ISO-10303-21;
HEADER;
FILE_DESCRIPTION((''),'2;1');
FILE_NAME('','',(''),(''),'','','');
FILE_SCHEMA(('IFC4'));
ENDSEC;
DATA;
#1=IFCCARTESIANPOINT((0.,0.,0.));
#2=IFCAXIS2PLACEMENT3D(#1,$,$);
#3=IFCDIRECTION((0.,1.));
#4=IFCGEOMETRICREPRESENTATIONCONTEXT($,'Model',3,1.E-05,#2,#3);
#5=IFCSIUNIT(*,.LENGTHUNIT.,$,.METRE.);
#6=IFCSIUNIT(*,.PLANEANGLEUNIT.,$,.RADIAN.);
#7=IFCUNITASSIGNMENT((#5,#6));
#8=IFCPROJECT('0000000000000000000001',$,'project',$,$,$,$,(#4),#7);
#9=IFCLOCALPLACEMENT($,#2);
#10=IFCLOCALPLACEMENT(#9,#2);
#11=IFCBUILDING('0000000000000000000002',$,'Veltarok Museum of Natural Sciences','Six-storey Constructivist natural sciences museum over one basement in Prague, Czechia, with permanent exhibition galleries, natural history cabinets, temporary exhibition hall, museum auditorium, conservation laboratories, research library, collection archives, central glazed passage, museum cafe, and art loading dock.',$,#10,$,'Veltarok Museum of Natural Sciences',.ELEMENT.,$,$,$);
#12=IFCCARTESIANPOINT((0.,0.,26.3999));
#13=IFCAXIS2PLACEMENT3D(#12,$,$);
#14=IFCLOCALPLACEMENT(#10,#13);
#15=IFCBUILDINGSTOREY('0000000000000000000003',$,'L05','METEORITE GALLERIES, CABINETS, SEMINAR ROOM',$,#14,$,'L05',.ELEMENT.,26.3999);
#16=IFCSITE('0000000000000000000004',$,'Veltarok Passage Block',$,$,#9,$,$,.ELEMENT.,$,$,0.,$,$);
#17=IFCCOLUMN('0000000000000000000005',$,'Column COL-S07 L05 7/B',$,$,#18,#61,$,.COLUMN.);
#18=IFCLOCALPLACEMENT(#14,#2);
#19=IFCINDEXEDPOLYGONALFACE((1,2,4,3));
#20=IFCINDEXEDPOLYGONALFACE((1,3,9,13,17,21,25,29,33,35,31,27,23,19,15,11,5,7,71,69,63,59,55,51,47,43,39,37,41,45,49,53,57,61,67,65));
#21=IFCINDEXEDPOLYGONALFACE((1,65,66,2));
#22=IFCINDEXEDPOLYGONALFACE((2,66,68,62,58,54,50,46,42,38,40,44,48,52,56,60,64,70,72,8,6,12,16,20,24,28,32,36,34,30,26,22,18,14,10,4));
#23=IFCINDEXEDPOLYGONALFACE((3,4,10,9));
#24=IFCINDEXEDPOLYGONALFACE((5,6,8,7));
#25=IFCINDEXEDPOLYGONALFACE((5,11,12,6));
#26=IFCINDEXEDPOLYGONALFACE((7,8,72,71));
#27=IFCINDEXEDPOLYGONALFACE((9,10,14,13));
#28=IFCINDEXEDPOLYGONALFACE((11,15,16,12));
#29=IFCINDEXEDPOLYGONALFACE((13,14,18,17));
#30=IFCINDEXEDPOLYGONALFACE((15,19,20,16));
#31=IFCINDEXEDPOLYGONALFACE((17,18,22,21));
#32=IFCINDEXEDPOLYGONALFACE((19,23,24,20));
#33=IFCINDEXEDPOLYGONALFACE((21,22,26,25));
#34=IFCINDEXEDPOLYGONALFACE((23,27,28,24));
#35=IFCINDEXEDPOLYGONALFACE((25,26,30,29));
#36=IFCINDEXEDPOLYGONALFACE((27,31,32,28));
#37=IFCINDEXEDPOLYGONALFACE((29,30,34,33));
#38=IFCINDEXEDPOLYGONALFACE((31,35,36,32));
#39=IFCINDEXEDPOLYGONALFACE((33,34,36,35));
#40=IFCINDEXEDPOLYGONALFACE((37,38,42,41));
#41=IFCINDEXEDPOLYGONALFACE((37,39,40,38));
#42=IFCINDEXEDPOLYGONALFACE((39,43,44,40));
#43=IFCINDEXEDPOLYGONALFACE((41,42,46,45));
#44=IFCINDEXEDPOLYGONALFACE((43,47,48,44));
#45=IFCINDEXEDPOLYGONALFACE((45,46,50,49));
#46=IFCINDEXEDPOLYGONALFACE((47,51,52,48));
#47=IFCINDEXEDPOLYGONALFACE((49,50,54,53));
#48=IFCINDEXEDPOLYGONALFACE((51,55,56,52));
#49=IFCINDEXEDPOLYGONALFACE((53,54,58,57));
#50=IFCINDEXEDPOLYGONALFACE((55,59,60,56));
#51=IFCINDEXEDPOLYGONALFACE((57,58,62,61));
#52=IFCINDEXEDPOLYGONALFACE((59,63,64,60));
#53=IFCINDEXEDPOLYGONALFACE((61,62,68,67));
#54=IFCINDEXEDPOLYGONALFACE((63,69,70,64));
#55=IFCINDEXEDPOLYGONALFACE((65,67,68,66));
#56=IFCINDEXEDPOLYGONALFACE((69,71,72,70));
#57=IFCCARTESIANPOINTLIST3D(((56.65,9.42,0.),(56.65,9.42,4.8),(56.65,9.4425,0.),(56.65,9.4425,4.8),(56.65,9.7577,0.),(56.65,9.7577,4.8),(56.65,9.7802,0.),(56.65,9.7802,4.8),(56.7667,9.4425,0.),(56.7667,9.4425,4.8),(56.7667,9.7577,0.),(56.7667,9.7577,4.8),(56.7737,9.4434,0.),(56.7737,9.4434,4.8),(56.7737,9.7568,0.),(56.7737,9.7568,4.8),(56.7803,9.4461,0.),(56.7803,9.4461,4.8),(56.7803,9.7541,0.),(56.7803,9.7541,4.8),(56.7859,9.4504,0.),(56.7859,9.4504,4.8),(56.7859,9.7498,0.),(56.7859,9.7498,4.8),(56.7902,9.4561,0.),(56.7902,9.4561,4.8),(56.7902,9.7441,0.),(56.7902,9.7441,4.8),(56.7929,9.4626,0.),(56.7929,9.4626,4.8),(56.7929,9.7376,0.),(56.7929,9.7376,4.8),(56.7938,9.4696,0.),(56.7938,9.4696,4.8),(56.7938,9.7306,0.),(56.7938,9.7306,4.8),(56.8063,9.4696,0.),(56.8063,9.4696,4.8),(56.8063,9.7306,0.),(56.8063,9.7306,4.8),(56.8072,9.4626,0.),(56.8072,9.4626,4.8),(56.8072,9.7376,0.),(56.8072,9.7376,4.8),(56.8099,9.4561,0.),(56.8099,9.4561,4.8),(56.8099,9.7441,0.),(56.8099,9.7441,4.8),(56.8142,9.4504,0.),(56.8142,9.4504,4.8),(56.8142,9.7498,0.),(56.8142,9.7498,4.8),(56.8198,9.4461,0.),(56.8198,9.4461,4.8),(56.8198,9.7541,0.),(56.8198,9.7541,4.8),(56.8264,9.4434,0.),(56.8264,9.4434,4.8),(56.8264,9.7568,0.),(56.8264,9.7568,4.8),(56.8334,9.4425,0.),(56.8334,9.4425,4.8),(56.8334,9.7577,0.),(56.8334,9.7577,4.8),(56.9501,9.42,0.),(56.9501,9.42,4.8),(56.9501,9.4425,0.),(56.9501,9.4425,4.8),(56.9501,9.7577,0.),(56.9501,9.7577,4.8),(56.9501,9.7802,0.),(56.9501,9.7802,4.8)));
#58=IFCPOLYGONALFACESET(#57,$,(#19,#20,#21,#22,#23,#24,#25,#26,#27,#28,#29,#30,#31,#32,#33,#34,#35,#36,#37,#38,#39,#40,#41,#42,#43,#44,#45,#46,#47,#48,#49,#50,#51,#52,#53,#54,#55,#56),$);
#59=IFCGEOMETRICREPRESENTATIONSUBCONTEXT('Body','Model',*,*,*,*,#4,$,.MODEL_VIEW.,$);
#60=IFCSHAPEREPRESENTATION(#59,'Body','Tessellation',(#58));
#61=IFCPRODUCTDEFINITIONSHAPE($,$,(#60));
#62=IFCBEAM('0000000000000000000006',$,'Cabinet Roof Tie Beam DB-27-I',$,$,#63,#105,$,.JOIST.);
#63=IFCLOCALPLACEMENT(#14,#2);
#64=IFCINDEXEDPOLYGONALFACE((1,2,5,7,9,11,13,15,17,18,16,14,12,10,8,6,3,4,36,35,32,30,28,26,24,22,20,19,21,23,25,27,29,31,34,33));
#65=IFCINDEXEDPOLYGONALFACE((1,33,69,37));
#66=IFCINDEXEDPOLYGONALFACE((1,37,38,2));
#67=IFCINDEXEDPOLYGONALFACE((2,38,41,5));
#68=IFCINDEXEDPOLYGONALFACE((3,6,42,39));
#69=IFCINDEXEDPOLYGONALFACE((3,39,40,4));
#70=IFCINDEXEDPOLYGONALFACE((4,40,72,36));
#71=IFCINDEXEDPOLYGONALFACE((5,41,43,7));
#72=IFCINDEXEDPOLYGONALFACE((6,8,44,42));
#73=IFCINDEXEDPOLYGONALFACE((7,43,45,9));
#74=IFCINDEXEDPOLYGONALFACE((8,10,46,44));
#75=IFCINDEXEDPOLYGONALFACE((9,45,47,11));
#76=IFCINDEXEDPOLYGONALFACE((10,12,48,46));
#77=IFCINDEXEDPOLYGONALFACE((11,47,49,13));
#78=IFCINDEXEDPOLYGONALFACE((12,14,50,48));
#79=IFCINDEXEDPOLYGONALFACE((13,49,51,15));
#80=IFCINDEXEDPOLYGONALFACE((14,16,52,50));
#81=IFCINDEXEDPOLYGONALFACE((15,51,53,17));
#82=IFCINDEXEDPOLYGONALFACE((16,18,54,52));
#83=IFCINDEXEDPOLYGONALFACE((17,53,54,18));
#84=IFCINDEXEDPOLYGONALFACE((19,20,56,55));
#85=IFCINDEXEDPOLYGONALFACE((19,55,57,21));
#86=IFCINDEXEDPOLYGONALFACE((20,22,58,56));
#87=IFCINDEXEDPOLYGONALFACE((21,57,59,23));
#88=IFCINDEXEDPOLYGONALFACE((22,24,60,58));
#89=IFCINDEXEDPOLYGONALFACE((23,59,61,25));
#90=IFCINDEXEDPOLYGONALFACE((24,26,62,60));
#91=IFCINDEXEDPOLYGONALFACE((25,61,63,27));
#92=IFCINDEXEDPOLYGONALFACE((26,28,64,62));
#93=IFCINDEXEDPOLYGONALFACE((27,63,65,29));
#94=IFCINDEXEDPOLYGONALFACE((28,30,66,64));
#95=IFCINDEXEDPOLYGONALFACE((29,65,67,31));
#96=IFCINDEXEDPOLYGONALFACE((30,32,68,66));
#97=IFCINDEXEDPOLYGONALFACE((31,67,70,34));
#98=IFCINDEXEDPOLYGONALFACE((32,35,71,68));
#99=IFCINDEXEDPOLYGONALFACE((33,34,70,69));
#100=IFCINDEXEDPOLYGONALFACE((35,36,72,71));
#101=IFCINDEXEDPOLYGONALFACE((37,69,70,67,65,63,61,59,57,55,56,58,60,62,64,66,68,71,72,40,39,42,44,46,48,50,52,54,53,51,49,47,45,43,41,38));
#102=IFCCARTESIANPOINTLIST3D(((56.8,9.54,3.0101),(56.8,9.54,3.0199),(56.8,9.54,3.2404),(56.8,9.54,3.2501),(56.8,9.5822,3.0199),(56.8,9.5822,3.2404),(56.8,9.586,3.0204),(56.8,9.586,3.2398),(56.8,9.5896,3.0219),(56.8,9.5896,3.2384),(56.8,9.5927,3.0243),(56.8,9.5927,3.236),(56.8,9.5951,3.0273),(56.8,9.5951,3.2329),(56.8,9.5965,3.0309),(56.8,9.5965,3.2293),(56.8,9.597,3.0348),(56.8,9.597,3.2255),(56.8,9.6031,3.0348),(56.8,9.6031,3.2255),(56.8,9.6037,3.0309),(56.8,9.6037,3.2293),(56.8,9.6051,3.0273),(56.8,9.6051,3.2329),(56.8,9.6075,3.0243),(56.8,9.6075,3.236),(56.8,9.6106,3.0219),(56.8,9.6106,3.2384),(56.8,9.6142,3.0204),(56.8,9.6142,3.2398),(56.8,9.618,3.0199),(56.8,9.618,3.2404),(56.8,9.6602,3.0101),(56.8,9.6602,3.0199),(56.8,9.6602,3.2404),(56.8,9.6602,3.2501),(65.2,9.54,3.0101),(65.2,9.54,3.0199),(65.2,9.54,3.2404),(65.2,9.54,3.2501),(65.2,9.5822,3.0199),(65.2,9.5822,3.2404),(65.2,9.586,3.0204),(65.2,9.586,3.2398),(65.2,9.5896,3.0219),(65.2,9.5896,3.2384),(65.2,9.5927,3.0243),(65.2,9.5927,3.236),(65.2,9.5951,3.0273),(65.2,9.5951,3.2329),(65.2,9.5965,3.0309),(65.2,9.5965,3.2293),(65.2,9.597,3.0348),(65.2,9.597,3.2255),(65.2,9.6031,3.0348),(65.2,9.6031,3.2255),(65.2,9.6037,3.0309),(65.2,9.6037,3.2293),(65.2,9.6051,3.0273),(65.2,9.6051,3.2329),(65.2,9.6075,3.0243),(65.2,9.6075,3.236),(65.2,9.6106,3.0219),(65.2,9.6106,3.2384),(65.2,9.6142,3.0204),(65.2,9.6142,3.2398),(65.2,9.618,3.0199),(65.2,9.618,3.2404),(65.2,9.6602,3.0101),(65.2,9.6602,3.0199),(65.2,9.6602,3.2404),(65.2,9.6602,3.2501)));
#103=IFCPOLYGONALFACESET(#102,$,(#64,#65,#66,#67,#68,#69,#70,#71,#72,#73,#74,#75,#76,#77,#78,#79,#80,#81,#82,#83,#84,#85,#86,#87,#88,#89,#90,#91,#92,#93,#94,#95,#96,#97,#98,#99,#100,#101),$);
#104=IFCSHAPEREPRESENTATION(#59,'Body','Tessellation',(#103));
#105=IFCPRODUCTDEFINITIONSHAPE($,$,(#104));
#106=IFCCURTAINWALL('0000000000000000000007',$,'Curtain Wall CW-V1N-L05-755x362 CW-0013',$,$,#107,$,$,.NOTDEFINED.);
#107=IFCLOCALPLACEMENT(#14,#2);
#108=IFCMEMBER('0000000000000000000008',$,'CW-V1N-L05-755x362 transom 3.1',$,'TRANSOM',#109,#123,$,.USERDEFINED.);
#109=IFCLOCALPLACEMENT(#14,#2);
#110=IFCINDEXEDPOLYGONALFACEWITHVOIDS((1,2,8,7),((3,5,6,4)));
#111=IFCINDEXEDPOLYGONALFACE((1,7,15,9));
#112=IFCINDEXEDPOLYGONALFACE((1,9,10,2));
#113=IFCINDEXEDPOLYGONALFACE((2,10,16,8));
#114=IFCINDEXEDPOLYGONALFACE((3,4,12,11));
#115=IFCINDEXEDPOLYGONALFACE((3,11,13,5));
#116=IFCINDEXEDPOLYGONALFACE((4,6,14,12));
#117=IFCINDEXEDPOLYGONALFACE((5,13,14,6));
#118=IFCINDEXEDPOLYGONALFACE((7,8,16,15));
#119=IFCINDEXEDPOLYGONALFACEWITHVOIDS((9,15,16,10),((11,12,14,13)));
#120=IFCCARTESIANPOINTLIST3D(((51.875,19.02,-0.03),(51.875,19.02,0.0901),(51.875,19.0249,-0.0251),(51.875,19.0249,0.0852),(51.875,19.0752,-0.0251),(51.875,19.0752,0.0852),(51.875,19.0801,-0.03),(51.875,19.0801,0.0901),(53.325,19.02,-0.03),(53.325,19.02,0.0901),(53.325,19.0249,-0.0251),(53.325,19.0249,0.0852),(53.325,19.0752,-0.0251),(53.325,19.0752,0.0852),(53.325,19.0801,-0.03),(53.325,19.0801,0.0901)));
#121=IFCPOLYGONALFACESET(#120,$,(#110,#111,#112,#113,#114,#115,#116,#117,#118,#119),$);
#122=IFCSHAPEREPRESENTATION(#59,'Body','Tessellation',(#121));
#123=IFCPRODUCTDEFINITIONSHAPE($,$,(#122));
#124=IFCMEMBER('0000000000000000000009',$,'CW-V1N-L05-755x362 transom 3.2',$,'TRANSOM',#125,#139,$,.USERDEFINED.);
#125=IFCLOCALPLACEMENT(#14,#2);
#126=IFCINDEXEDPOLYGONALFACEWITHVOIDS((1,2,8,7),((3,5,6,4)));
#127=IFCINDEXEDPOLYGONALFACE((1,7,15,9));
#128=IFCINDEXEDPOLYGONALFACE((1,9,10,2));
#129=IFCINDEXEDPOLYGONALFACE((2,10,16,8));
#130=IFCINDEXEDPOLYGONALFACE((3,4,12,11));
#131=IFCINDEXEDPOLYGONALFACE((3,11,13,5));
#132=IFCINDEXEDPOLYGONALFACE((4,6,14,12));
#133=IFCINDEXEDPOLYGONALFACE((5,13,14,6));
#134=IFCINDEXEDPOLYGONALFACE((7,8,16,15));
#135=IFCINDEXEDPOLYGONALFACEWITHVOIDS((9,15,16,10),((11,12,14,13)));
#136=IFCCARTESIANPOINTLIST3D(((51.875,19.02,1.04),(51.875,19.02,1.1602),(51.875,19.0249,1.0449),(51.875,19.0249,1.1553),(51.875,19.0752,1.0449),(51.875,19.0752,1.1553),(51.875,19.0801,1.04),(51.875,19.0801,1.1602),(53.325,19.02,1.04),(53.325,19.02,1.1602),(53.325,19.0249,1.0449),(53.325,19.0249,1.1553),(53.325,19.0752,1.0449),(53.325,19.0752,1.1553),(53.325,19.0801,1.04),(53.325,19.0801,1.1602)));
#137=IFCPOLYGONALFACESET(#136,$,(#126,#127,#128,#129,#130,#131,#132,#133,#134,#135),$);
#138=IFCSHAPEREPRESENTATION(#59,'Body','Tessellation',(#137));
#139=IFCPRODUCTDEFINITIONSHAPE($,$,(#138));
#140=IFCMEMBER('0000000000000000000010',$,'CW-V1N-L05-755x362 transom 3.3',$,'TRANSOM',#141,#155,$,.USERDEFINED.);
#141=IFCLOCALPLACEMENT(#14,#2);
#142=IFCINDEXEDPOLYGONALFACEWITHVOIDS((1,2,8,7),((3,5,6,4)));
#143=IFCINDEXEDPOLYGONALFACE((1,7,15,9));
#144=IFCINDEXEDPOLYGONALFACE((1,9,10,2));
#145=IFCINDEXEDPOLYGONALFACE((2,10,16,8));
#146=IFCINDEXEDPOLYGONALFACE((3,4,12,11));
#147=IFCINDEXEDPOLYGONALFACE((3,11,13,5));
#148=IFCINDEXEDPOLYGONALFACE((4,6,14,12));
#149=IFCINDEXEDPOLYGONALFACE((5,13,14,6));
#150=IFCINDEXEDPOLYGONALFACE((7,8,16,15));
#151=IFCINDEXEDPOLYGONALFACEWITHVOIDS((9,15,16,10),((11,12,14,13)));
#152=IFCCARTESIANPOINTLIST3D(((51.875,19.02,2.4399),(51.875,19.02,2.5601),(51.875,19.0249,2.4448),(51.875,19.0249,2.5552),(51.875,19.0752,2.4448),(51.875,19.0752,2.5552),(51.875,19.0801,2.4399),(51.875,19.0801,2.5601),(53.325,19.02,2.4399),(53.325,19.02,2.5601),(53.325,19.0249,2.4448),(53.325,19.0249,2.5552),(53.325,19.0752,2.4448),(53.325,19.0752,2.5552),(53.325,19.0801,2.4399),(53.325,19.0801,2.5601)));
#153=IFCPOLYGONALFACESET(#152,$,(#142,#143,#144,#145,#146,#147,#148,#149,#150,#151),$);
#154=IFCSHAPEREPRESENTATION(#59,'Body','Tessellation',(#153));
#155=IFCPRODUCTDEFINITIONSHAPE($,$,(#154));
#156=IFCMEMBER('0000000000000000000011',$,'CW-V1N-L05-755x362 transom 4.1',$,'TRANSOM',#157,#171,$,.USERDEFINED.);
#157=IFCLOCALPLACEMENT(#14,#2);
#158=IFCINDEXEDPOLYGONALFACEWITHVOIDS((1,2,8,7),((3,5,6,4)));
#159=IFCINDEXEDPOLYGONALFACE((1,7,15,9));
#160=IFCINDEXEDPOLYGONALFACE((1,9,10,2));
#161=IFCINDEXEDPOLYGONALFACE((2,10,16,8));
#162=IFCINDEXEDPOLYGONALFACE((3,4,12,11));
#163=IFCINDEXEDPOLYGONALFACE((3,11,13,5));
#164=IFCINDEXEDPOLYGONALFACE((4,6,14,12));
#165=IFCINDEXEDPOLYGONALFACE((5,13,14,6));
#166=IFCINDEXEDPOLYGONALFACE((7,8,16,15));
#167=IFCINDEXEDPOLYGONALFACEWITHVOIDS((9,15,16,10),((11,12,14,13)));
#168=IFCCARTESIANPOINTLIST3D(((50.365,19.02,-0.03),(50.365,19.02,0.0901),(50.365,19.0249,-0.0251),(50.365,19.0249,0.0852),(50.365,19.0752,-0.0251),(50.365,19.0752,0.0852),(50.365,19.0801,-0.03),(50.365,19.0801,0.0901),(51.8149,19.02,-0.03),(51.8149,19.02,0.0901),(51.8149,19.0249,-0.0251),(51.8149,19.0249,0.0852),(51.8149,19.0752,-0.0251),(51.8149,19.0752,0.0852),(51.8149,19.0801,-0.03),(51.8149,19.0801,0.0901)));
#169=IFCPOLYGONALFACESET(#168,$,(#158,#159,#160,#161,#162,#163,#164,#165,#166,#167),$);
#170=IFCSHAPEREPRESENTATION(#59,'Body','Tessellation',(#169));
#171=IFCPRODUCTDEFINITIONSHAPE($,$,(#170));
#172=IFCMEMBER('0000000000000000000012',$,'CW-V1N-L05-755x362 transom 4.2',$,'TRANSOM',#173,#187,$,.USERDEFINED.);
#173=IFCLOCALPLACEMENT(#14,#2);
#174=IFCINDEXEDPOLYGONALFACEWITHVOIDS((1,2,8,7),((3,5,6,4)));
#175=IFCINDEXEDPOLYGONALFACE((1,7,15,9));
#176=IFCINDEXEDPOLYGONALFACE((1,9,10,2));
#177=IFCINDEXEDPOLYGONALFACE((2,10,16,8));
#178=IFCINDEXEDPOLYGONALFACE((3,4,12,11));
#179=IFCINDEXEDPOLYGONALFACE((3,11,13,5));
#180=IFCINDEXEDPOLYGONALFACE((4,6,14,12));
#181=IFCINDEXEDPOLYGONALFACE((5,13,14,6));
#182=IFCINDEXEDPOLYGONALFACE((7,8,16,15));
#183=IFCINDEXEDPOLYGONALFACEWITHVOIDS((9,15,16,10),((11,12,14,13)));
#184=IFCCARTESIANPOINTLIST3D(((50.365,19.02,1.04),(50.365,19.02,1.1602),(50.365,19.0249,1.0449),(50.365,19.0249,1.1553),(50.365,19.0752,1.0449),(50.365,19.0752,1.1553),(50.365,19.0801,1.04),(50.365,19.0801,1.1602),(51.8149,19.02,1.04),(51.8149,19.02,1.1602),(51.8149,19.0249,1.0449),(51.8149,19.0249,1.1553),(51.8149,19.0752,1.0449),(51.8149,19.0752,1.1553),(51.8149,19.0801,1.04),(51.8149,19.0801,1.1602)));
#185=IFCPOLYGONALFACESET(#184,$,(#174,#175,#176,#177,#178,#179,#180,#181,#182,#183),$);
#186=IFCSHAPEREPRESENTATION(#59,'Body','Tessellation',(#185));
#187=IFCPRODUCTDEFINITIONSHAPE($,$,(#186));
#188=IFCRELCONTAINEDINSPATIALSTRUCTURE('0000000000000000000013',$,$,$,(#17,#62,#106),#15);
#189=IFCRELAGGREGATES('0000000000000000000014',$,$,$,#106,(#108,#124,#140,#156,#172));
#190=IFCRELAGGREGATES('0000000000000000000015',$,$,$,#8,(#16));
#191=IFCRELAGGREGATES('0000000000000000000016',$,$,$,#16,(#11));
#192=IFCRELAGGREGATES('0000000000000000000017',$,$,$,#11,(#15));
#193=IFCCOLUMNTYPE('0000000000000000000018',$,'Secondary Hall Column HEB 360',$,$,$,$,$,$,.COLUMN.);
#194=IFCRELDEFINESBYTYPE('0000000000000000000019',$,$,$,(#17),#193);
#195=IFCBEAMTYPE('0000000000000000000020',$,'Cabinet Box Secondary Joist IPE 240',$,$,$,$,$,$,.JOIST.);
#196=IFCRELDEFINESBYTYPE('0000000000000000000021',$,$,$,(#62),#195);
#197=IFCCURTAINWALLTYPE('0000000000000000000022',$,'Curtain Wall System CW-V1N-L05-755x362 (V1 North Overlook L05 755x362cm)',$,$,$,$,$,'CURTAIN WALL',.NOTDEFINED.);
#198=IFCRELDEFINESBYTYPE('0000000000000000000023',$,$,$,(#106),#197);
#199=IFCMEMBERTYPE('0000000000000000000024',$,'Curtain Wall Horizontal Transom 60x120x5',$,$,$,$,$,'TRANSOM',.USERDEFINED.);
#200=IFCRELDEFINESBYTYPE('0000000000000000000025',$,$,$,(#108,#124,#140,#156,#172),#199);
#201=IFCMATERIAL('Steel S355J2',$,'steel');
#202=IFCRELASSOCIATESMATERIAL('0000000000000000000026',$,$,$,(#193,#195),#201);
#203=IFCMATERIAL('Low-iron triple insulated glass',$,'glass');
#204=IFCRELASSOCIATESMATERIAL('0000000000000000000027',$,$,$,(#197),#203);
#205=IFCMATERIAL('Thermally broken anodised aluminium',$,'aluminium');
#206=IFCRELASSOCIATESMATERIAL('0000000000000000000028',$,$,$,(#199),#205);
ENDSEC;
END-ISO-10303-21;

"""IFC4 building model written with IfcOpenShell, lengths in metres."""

from ifc_helpers import new_model, si_unit, direction, frame, origin, origin_2d, place, context, subcontext, project, spatial, hollow_rectangle, i_section, extrude, material, material_profile, profile_set, type_object, element, aggregate, save


model = new_model("IFC4")

# Units and contexts
model_context = context("Model", 3, precision=1e-05, world=origin(), true_north=direction((0.0, 1.0)))
body_context = subcontext(model_context, "Body", "Model", "MODEL_VIEW")
ifc_project = project(units=[si_unit("LENGTHUNIT", "METRE"), si_unit("PLANEANGLEUNIT", "RADIAN")], contexts=[model_context])

# Site, building, storey
site_placement = place(None, origin())
site = spatial("IfcSite", under=ifc_project, at=site_placement, Name="Veltarok Passage Block", CompositionType="ELEMENT", RefElevation=0.0)
building_placement = place(site_placement, origin())
building = spatial("IfcBuilding", under=site, at=building_placement, Name="Veltarok Museum of Natural Sciences", Description="Six-storey Constructivist natural sciences museum over one basement in Prague, Czechia, with permanent exhibition galleries, natural history cabinets, temporary exhibition hall, museum auditorium, conservation laboratories, research library, collection archives, central glazed passage, museum cafe, and art loading dock.", LongName="Veltarok Museum of Natural Sciences", CompositionType="ELEMENT")
storey_placement = place(building_placement, frame((0.0, 0.0, 26.3999)))
storey = spatial("IfcBuildingStorey", under=building, at=storey_placement, Name="L05", Description="METEORITE GALLERIES, CABINETS, SEMINAR ROOM", LongName="L05", CompositionType="ELEMENT", Elevation=26.3999)

# Column
ifc_material_1 = material(Name="Steel S355J2", Category="steel")
ifc_material_profile_1 = material_profile(ifc_material_1, i_section(OverallWidth=0.3, OverallDepth=0.3601, WebThickness=0.0125, FlangeThickness=0.0225, FilletRadius=0.0271, at=origin_2d()), Name="HEB 360")
ifc_profile_set_1 = profile_set([ifc_material_profile_1], Name="Steel S355J2")
column_type = type_object("IfcColumnType", Name="Secondary Hall Column HEB 360", PredefinedType="COLUMN", material=ifc_profile_set_1)
column_placement = place(storey_placement, frame((56.8, 9.6001, 0.0), z_axis=(0.0, 0.0, 1.0), x_axis=(1.0, 0.0, 0.0)))
element("IfcColumn", 1, at=column_placement, inside=storey, type_object=column_type, Name="Column COL-S07 L05 7/B", PredefinedType="COLUMN", context=body_context, shape_type="SweptSolid", body=[
    extrude(i_section(OverallWidth=0.3, OverallDepth=0.3601, WebThickness=0.0125, FlangeThickness=0.0225, FilletRadius=0.0271, at=origin_2d()), origin(), (0.0, 0.0, 1.0), 4.8),
])

# Beam
ifc_material_profile_2 = material_profile(ifc_material_1, i_section(OverallWidth=0.1201, OverallDepth=0.24, WebThickness=0.0061, FlangeThickness=0.0098, FilletRadius=0.0149, at=origin_2d()), Name="IPE 240")
ifc_profile_set_2 = profile_set([ifc_material_profile_2], Name="Steel S355J2")
beam_type_1 = type_object("IfcBeamType", Name="Cabinet Box Secondary Joist IPE 240", PredefinedType="JOIST", material=ifc_profile_set_2)
beam_1_placement = place(storey_placement, frame((56.8, 9.6001, 3.1301), z_axis=(1.0, 0.0, 0.0), x_axis=(0.0, 1.0, 0.0)))
element("IfcBeam", 2, at=beam_1_placement, inside=storey, type_object=beam_type_1, Name="Cabinet Roof Tie Beam DB-27-I", PredefinedType="JOIST", context=body_context, shape_type="SweptSolid", body=[
    extrude(i_section(OverallWidth=0.1201, OverallDepth=0.24, WebThickness=0.0061, FlangeThickness=0.0098, FilletRadius=0.0149, at=origin_2d()), origin(), (0.0, 0.0, 1.0), 8.3999),
])

# Curtain wall, members
ifc_material_2 = material(Name="Low-iron triple insulated glass", Category="glass")
curtain_wall_type = type_object("IfcCurtainWallType", Name="Curtain Wall System CW-V1N-L05-755x362 (V1 North Overlook L05 755x362cm)", ElementType="CURTAIN WALL", PredefinedType="NOTDEFINED", material=ifc_material_2)
curtain_wall_placement = place(storey_placement, origin())
curtain_wall = element("IfcCurtainWall", 3, at=curtain_wall_placement, inside=storey, type_object=curtain_wall_type, Name="Curtain Wall CW-V1N-L05-755x362 CW-0013", PredefinedType="NOTDEFINED")
ifc_material_3 = material(Name="Thermally broken anodised aluminium", Category="aluminium")
ifc_material_profile_3 = material_profile(ifc_material_3, hollow_rectangle(XDim=0.0601, YDim=0.1201, WallThickness=0.0049, at=origin_2d()), Name="CW TRANSOM 60x120x5")
ifc_profile_set_3 = profile_set([ifc_material_profile_3], Name="Thermally broken anodised aluminium")
member_type_1 = type_object("IfcMemberType", Name="Curtain Wall Horizontal Transom 60x120x5", ElementType="TRANSOM", PredefinedType="USERDEFINED", material=ifc_profile_set_3)
member_1_placement = place(storey_placement, frame((53.325, 19.05, 0.03), z_axis=(-1.0, 0.0, 0.0), x_axis=(0.0, -1.0, 0.0)))
member_1 = element("IfcMember", 4, at=member_1_placement, type_object=member_type_1, Name="CW-V1N-L05-755x362 transom 3.1", ObjectType="TRANSOM", PredefinedType="USERDEFINED", context=body_context, shape_type="SweptSolid", body=[
    extrude(hollow_rectangle(XDim=0.0601, YDim=0.1201, WallThickness=0.0049, at=origin_2d()), origin(), (0.0, 0.0, 1.0), 1.45),
])
member_2_placement = place(storey_placement, frame((53.325, 19.05, 1.1001), z_axis=(-1.0, 0.0, 0.0), x_axis=(0.0, -1.0, 0.0)))
member_2 = element("IfcMember", 5, at=member_2_placement, type_object=member_type_1, Name="CW-V1N-L05-755x362 transom 3.2", ObjectType="TRANSOM", PredefinedType="USERDEFINED", context=body_context, shape_type="SweptSolid", body=[
    extrude(hollow_rectangle(XDim=0.0601, YDim=0.1201, WallThickness=0.0049, at=origin_2d()), origin(), (0.0, 0.0, 1.0), 1.45),
])
member_3_placement = place(storey_placement, frame((53.325, 19.05, 2.5), z_axis=(-1.0, 0.0, 0.0), x_axis=(0.0, -1.0, 0.0)))
member_3 = element("IfcMember", 6, at=member_3_placement, type_object=member_type_1, Name="CW-V1N-L05-755x362 transom 3.3", ObjectType="TRANSOM", PredefinedType="USERDEFINED", context=body_context, shape_type="SweptSolid", body=[
    extrude(hollow_rectangle(XDim=0.0601, YDim=0.1201, WallThickness=0.0049, at=origin_2d()), origin(), (0.0, 0.0, 1.0), 1.45),
])
member_4_placement = place(storey_placement, frame((51.8149, 19.05, 0.03), z_axis=(-1.0, 0.0, 0.0), x_axis=(0.0, -1.0, 0.0)))
member_4 = element("IfcMember", 7, at=member_4_placement, type_object=member_type_1, Name="CW-V1N-L05-755x362 transom 4.1", ObjectType="TRANSOM", PredefinedType="USERDEFINED", context=body_context, shape_type="SweptSolid", body=[
    extrude(hollow_rectangle(XDim=0.0601, YDim=0.1201, WallThickness=0.0049, at=origin_2d()), origin(), (0.0, 0.0, 1.0), 1.45),
])
member_5_placement = place(storey_placement, frame((51.8149, 19.05, 1.1001), z_axis=(-1.0, 0.0, 0.0), x_axis=(0.0, -1.0, 0.0)))
member_5 = element("IfcMember", 8, at=member_5_placement, type_object=member_type_1, Name="CW-V1N-L05-755x362 transom 4.2", ObjectType="TRANSOM", PredefinedType="USERDEFINED", context=body_context, shape_type="SweptSolid", body=[
    extrude(hollow_rectangle(XDim=0.0601, YDim=0.1201, WallThickness=0.0049, at=origin_2d()), origin(), (0.0, 0.0, 1.0), 1.45),
])

aggregate(curtain_wall, [member_1, member_2, member_3, member_4, member_5])

save(model, "model.ifc")
